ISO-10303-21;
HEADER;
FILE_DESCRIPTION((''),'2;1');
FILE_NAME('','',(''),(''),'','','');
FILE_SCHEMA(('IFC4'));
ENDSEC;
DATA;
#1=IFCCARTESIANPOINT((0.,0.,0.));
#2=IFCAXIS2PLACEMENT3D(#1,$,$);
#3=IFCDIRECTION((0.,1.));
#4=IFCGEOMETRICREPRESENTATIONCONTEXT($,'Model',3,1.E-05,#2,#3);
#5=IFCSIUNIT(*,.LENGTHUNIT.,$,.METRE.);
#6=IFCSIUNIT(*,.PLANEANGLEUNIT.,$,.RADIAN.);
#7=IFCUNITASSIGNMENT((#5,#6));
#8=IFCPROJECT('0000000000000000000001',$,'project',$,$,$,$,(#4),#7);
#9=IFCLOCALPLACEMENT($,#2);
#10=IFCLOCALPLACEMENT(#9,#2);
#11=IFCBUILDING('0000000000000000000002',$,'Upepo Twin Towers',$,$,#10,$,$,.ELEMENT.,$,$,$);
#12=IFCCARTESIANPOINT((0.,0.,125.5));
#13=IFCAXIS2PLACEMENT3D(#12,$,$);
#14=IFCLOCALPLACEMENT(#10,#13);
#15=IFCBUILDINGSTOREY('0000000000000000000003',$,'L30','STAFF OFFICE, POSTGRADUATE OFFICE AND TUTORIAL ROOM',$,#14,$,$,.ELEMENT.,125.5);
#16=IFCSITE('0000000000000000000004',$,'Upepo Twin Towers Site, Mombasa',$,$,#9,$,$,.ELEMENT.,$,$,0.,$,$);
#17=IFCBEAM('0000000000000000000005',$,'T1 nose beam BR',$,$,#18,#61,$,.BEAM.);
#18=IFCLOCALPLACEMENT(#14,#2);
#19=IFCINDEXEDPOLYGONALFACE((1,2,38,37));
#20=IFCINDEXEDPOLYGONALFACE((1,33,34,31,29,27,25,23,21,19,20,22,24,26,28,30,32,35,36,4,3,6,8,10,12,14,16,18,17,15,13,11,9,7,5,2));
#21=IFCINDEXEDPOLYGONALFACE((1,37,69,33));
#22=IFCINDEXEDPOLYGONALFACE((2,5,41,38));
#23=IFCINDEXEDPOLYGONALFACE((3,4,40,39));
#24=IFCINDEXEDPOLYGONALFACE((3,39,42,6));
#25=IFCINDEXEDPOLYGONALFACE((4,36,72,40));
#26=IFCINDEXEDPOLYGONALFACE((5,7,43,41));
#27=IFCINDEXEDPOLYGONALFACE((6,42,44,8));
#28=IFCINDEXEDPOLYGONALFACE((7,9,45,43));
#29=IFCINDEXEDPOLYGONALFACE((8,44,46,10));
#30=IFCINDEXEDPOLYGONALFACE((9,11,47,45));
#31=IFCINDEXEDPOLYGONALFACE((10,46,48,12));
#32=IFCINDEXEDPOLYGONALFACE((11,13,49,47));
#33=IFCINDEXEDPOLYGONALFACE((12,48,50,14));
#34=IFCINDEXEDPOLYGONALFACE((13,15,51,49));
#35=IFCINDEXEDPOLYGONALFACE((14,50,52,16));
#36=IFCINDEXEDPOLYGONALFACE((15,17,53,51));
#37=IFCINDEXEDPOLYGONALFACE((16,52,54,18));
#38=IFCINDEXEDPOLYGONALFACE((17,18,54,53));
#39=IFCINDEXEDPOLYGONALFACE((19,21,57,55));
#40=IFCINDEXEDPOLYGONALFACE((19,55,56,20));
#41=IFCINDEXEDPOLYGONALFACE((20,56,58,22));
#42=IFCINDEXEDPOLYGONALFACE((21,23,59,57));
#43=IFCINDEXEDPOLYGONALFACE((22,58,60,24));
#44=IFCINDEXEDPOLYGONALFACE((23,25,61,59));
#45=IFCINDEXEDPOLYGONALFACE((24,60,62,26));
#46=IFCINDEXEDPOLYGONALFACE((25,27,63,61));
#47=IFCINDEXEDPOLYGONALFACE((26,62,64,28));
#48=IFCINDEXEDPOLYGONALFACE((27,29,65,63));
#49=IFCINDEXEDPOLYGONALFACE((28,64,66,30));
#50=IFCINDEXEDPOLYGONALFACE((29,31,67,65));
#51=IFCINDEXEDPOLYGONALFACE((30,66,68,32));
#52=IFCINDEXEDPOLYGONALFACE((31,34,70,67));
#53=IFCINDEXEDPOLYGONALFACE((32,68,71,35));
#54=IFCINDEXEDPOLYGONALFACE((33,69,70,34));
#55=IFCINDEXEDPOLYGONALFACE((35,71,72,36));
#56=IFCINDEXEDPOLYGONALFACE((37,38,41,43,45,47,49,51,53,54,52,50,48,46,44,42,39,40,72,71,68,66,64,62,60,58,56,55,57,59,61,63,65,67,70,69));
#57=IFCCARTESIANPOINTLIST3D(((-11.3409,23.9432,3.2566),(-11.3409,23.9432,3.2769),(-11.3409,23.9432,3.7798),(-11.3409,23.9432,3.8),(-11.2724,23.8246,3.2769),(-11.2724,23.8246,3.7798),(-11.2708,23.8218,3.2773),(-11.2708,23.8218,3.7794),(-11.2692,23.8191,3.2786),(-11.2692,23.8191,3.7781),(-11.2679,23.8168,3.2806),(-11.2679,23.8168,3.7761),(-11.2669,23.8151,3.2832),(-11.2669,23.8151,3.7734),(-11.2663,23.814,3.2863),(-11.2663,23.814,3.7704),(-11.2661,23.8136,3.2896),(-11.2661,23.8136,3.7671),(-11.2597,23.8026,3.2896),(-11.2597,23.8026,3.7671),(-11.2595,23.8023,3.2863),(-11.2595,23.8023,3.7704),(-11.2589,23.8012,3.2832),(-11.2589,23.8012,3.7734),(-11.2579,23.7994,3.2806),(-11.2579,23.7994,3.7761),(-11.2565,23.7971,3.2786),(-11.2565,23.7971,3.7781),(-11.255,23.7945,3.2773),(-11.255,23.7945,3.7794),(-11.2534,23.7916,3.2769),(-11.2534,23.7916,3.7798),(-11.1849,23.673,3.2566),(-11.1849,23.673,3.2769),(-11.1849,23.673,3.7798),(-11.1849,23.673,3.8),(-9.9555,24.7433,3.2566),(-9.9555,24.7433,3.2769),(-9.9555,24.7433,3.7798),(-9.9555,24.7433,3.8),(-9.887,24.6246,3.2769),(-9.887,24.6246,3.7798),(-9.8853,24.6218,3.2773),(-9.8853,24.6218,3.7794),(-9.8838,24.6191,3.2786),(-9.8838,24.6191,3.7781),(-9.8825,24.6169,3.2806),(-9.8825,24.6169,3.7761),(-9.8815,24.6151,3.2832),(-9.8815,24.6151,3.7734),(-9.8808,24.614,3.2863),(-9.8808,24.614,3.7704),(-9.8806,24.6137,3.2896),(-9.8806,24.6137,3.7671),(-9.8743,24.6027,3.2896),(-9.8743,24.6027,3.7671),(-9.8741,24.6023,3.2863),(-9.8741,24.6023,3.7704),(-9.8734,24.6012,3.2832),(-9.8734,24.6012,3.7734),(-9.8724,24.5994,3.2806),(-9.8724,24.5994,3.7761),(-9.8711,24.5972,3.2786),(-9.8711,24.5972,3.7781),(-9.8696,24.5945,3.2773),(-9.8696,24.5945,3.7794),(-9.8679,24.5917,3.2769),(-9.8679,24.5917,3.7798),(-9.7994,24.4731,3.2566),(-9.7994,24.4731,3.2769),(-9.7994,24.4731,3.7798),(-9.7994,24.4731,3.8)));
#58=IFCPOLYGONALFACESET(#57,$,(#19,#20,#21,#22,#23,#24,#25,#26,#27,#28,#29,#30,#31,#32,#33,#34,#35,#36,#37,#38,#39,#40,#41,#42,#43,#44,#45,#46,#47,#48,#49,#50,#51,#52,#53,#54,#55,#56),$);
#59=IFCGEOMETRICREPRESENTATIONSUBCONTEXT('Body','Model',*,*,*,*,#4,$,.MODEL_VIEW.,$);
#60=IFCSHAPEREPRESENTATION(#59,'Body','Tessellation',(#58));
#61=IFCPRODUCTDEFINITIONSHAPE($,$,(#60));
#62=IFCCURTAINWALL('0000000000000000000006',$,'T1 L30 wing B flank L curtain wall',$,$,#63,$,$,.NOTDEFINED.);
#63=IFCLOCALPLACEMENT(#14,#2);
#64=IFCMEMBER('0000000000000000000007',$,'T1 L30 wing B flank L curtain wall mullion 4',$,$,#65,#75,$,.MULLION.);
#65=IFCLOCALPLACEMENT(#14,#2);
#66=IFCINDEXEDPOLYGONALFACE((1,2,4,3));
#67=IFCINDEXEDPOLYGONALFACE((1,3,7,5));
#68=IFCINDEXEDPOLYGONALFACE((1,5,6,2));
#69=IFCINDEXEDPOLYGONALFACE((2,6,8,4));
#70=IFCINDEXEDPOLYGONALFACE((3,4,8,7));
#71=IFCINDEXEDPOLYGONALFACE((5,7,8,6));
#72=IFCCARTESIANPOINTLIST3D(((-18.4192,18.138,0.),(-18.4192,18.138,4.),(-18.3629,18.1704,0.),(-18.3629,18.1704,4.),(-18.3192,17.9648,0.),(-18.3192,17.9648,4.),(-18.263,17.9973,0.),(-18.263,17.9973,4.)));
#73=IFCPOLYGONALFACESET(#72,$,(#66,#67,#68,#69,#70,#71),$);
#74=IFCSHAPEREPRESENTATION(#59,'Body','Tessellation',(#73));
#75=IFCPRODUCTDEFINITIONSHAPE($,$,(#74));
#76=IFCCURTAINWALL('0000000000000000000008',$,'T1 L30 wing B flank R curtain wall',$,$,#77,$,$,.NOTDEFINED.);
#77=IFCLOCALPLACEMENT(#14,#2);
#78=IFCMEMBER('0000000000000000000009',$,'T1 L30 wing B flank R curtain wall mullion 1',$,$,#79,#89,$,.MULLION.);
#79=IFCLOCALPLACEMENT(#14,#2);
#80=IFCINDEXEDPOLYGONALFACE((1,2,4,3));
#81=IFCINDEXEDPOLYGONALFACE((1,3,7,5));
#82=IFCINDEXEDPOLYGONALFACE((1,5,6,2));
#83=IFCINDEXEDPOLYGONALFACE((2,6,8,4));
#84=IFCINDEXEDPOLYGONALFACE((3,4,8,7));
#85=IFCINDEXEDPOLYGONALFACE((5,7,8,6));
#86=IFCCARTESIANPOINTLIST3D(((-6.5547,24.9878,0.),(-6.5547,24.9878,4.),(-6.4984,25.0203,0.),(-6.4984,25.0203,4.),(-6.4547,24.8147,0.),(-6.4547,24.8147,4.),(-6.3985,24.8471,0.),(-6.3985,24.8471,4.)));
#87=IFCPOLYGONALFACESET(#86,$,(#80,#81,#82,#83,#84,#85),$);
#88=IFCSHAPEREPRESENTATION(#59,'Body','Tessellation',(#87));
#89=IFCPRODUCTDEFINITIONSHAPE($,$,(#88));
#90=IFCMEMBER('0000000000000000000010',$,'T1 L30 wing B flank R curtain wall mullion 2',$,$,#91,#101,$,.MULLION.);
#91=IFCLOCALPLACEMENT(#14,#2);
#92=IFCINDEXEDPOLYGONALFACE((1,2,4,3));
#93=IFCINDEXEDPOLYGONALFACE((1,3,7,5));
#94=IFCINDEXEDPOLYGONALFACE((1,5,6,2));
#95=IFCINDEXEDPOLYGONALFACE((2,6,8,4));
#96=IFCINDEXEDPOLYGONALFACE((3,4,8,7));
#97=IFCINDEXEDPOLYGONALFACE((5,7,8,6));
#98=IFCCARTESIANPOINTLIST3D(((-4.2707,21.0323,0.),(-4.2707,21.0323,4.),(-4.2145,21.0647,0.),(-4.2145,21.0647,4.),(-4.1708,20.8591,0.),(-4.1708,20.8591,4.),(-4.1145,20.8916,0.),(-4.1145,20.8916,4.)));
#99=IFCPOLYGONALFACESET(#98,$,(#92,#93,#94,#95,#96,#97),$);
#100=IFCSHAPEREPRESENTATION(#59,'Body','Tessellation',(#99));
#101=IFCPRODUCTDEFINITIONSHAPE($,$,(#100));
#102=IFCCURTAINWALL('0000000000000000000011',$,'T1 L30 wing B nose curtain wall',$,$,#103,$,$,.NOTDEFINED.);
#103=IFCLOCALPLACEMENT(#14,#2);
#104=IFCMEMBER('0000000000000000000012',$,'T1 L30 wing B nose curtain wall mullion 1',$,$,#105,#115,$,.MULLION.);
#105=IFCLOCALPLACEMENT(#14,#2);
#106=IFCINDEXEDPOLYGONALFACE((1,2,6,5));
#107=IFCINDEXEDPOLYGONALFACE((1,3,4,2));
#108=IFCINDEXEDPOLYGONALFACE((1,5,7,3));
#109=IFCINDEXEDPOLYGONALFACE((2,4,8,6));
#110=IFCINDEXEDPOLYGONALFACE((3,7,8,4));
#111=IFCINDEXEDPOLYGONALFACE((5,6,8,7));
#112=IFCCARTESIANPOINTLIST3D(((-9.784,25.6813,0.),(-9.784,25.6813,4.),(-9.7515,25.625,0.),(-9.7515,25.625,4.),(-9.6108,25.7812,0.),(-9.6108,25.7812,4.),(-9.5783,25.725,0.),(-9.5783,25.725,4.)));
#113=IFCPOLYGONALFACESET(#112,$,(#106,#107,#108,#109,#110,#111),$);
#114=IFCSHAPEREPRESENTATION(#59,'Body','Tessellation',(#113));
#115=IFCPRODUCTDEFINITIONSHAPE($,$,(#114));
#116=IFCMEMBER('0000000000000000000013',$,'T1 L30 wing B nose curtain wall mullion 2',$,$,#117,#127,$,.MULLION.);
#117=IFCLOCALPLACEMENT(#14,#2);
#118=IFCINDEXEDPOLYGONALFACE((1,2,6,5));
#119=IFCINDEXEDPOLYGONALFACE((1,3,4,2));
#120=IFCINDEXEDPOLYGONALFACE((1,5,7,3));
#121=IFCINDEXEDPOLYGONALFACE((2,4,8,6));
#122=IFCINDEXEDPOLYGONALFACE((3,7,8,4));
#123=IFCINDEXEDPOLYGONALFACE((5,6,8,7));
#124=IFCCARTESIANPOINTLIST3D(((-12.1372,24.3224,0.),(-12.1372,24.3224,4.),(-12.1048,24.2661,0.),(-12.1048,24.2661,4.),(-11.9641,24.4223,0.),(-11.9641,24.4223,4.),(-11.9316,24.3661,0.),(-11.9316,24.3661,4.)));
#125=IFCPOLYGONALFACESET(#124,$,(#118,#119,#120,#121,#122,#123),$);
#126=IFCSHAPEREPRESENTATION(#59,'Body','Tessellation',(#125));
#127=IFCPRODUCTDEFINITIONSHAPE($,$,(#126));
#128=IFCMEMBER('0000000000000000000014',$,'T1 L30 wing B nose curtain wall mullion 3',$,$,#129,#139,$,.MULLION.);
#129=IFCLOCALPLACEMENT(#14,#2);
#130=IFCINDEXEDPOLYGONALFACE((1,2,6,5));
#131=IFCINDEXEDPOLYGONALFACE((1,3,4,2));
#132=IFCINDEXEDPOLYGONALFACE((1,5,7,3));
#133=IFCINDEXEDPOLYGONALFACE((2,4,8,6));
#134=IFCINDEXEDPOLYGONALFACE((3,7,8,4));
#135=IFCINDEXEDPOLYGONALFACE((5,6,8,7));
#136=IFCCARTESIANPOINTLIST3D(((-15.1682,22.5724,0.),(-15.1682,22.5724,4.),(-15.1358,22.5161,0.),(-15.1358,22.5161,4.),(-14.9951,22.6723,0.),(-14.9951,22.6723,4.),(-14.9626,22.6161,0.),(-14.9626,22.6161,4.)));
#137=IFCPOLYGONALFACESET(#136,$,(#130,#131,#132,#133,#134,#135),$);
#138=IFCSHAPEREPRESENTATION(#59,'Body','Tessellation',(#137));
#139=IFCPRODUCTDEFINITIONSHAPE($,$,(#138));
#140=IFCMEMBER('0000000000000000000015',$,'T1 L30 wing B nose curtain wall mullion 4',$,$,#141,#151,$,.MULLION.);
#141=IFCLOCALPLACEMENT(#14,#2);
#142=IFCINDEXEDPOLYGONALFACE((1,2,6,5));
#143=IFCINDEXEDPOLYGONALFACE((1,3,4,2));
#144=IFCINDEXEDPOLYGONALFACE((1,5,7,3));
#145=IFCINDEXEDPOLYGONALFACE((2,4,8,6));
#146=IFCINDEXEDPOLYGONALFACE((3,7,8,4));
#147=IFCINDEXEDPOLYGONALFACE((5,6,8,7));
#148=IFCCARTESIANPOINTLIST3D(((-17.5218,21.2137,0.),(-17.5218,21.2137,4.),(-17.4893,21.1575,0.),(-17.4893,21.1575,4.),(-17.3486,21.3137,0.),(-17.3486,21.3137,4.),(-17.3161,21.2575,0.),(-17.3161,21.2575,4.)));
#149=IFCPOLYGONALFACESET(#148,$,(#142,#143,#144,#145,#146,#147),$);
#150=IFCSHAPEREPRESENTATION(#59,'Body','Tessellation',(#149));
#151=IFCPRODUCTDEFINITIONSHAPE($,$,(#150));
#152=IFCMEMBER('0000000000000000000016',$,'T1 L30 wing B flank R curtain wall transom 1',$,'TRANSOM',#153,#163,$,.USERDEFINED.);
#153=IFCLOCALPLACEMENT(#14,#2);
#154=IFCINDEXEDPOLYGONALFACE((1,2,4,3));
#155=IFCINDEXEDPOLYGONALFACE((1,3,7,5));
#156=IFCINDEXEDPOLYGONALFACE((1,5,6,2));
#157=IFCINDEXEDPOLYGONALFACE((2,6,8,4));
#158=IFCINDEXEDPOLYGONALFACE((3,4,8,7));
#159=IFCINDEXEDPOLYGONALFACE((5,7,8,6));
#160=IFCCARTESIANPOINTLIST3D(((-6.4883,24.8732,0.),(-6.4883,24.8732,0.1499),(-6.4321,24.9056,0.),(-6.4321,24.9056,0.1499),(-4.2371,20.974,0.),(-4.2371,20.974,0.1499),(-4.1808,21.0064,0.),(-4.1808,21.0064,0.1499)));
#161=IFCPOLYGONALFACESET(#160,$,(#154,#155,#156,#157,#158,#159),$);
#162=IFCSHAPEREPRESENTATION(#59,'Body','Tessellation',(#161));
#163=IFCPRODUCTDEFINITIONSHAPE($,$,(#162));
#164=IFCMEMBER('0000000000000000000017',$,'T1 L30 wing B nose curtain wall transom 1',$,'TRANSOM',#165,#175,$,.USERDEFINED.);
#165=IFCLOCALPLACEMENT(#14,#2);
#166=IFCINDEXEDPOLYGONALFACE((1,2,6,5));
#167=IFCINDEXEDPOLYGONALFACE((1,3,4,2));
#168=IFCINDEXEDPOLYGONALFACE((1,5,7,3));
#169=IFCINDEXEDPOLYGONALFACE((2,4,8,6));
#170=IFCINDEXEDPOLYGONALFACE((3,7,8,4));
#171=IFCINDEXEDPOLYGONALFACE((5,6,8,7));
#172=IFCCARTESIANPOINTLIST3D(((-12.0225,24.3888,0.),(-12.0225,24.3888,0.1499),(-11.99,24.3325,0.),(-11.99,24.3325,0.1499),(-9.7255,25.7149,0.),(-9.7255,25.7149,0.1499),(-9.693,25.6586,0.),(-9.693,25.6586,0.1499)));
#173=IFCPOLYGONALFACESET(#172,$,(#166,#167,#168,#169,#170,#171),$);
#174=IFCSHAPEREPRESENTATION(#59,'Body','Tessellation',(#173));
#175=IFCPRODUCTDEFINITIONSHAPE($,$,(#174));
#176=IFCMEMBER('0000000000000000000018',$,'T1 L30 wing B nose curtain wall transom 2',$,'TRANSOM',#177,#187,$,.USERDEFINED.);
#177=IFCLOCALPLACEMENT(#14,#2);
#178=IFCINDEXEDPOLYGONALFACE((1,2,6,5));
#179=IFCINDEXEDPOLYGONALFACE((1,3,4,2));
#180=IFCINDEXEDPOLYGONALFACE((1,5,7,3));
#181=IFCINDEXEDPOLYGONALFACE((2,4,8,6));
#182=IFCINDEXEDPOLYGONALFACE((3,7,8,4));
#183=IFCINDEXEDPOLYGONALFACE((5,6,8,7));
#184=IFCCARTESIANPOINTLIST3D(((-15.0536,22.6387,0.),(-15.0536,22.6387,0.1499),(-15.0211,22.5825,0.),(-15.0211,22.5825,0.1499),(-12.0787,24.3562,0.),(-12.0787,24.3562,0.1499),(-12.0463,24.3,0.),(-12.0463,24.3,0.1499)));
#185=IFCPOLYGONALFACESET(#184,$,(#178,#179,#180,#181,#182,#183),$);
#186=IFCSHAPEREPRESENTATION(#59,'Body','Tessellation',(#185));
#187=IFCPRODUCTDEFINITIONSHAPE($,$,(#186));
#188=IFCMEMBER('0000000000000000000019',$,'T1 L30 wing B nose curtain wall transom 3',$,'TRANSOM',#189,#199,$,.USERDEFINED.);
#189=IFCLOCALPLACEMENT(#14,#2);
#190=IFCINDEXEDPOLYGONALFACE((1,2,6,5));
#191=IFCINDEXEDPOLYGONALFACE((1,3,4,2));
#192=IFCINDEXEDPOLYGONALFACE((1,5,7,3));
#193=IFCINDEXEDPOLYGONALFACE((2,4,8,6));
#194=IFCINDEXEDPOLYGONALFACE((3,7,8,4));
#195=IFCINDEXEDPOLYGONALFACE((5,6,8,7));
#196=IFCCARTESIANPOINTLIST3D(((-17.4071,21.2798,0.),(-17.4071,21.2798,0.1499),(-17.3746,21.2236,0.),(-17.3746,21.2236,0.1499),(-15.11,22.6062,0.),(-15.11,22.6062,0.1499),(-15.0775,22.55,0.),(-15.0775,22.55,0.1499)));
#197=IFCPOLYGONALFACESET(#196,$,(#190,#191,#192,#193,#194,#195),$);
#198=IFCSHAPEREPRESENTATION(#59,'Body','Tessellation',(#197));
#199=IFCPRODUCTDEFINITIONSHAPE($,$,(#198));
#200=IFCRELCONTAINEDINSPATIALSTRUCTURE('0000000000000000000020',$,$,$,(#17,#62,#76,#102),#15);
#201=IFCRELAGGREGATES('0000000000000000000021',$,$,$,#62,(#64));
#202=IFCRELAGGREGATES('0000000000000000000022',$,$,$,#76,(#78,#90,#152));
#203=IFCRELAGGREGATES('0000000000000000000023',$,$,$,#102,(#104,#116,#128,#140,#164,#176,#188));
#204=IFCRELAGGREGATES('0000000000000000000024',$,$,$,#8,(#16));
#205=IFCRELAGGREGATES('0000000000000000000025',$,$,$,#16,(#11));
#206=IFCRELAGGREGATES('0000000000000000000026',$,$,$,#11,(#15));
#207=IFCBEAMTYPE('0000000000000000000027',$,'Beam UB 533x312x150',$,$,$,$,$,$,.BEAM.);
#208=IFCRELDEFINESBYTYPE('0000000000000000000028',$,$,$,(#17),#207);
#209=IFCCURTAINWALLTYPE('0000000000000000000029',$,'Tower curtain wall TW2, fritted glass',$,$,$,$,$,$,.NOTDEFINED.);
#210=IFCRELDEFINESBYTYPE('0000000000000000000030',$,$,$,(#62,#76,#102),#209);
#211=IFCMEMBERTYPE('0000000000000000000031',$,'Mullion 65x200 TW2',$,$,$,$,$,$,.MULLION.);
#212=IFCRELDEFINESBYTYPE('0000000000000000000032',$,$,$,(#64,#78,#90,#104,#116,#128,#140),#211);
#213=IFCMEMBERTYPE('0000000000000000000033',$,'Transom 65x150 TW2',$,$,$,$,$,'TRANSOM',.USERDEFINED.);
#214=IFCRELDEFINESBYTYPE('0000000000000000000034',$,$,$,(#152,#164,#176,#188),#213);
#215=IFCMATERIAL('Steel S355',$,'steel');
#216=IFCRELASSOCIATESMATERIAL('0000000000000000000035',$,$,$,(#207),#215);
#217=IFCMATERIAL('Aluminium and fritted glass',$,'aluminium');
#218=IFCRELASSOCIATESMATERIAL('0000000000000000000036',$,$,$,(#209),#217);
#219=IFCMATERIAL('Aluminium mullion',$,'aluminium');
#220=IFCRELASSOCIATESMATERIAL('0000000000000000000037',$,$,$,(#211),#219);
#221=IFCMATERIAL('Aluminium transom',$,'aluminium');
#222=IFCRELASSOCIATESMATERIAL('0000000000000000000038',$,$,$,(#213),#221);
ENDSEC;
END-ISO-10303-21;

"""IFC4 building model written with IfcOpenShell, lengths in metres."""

from ifc_helpers import new_model, si_unit, direction, frame, origin, origin_2d, place, context, subcontext, project, spatial, rectangle, i_section, extrude, material, material_profile, profile_set, type_object, element, aggregate, save


model = new_model("IFC4")

# Units and contexts
model_context = context("Model", 3, precision=1e-05, world=origin(), true_north=direction((0.0, 1.0)))
body_context = subcontext(model_context, "Body", "Model", "MODEL_VIEW")
ifc_project = project(units=[si_unit("LENGTHUNIT", "METRE"), si_unit("PLANEANGLEUNIT", "RADIAN")], contexts=[model_context])

# Site, building, storey
site_placement = place(None, origin())
site = spatial("IfcSite", under=ifc_project, at=site_placement, Name="Upepo Twin Towers Site, Mombasa", CompositionType="ELEMENT", RefElevation=0.0)
building_placement = place(site_placement, origin())
building = spatial("IfcBuilding", under=site, at=building_placement, Name="Upepo Twin Towers", CompositionType="ELEMENT")
storey_placement = place(building_placement, frame((0.0, 0.0, 125.5)))
storey = spatial("IfcBuildingStorey", under=building, at=storey_placement, Name="L30", Description="STAFF OFFICE, POSTGRADUATE OFFICE AND TUTORIAL ROOM", CompositionType="ELEMENT", Elevation=125.5)

# Beam
ifc_material_1 = material(Name="Steel S355", Category="steel")
ifc_material_profile_1 = material_profile(ifc_material_1, i_section(OverallWidth=0.312, OverallDepth=0.5435, WebThickness=0.0127, FlangeThickness=0.0203, FilletRadius=0.0127, at=origin_2d()), Name="UB 533x312x150")
ifc_profile_set_1 = profile_set([ifc_material_profile_1], Name="Steel S355")
beam_type_1 = type_object("IfcBeamType", Name="Beam UB 533x312x150", PredefinedType="BEAM", material=ifc_profile_set_1)
for number, where, z_axis, x_axis, name in (
    (1, (-9.8774, 24.6082, 3.5283), (-0.86599, -0.500061, 0.0), (0.500061, -0.86599, 0.0), "T1 nose beam BR"),
):
    element("IfcBeam", number, at=place(storey_placement, frame(where, z_axis=z_axis, x_axis=x_axis)), inside=storey, type_object=beam_type_1, Name=name, PredefinedType="BEAM", context=body_context, shape_type="SweptSolid", body=[
        extrude(i_section(OverallWidth=0.312, OverallDepth=0.5435, WebThickness=0.0127, FlangeThickness=0.0203, FilletRadius=0.0127, at=origin_2d()), origin(), (0.0, 0.0, 1.0), 1.5999),
    ])

# Curtain wall, member
ifc_material_2 = material(Name="Aluminium and fritted glass", Category="aluminium")
curtain_wall_type = type_object("IfcCurtainWallType", Name="Tower curtain wall TW2, fritted glass", PredefinedType="NOTDEFINED", material=ifc_material_2)
curtain_wall_1_placement = place(storey_placement, origin())
curtain_wall_1 = element("IfcCurtainWall", 2, at=curtain_wall_1_placement, inside=storey, type_object=curtain_wall_type, Name="T1 L30 wing B flank L curtain wall", PredefinedType="NOTDEFINED")
ifc_material_3 = material(Name="Aluminium mullion", Category="aluminium")
ifc_material_profile_2 = material_profile(ifc_material_3, rectangle(XDim=0.0649, YDim=0.2, at=origin_2d()), Name="MULLION 65x200")
ifc_profile_set_2 = profile_set([ifc_material_profile_2], Name="Aluminium mullion")
member_type_1 = type_object("IfcMemberType", Name="Mullion 65x200 TW2", PredefinedType="MULLION", material=ifc_profile_set_2)
member_1_placement = place(storey_placement, frame((-18.3411, 18.0676, 0.0), z_axis=(0.0, 0.0, 1.0), x_axis=(-0.866025, -0.5, 0.0)))
member_1 = element("IfcMember", 3, at=member_1_placement, type_object=member_type_1, Name="T1 L30 wing B flank L curtain wall mullion 4", PredefinedType="MULLION", context=body_context, shape_type="SweptSolid", body=[
    extrude(rectangle(XDim=0.0649, YDim=0.2, at=origin_2d()), origin(), (0.0, 0.0, 1.0), 4.0),
])
aggregate(curtain_wall_1, [member_1])

# Curtain walls, members
curtain_wall_2_placement = place(storey_placement, origin())
curtain_wall_2 = element("IfcCurtainWall", 4, at=curtain_wall_2_placement, inside=storey, type_object=curtain_wall_type, Name="T1 L30 wing B flank R curtain wall", PredefinedType="NOTDEFINED")
member_2_placement = place(storey_placement, frame((-6.4766, 24.9175, 0.0), z_axis=(0.0, 0.0, 1.0), x_axis=(0.866025, 0.5, 0.0)))
member_2 = element("IfcMember", 5, at=member_2_placement, type_object=member_type_1, Name="T1 L30 wing B flank R curtain wall mullion 1", PredefinedType="MULLION", context=body_context, shape_type="SweptSolid", body=[
    extrude(rectangle(XDim=0.0649, YDim=0.2, at=origin_2d()), origin(), (0.0, 0.0, 1.0), 4.0),
])
member_3_placement = place(storey_placement, frame((-4.1926, 20.9619, 0.0), z_axis=(0.0, 0.0, 1.0), x_axis=(0.866025, 0.5, 0.0)))
member_3 = element("IfcMember", 6, at=member_3_placement, type_object=member_type_1, Name="T1 L30 wing B flank R curtain wall mullion 2", PredefinedType="MULLION", context=body_context, shape_type="SweptSolid", body=[
    extrude(rectangle(XDim=0.0649, YDim=0.2, at=origin_2d()), origin(), (0.0, 0.0, 1.0), 4.0),
])
curtain_wall_3_placement = place(storey_placement, origin())
curtain_wall_3 = element("IfcCurtainWall", 7, at=curtain_wall_3_placement, inside=storey, type_object=curtain_wall_type, Name="T1 L30 wing B nose curtain wall", PredefinedType="NOTDEFINED")
member_4_placement = place(storey_placement, frame((-9.6812, 25.7031, 0.0), z_axis=(0.0, 0.0, 1.0), x_axis=(0.5, -0.866025, 0.0)))
member_4 = element("IfcMember", 8, at=member_4_placement, type_object=member_type_1, Name="T1 L30 wing B nose curtain wall mullion 1", PredefinedType="MULLION", context=body_context, shape_type="SweptSolid", body=[
    extrude(rectangle(XDim=0.0649, YDim=0.2, at=origin_2d()), origin(), (0.0, 0.0, 1.0), 4.0),
])
member_5_placement = place(storey_placement, frame((-12.0344, 24.3442, 0.0), z_axis=(0.0, 0.0, 1.0), x_axis=(0.5, -0.866025, 0.0)))
member_5 = element("IfcMember", 9, at=member_5_placement, type_object=member_type_1, Name="T1 L30 wing B nose curtain wall mullion 2", PredefinedType="MULLION", context=body_context, shape_type="SweptSolid", body=[
    extrude(rectangle(XDim=0.0649, YDim=0.2, at=origin_2d()), origin(), (0.0, 0.0, 1.0), 4.0),
])
member_6_placement = place(storey_placement, frame((-15.0654, 22.5942, 0.0), z_axis=(0.0, 0.0, 1.0), x_axis=(0.5, -0.866025, 0.0)))
member_6 = element("IfcMember", 10, at=member_6_placement, type_object=member_type_1, Name="T1 L30 wing B nose curtain wall mullion 3", PredefinedType="MULLION", context=body_context, shape_type="SweptSolid", body=[
    extrude(rectangle(XDim=0.0649, YDim=0.2, at=origin_2d()), origin(), (0.0, 0.0, 1.0), 4.0),
])
member_7_placement = place(storey_placement, frame((-17.4189, 21.2356, 0.0), z_axis=(0.0, 0.0, 1.0), x_axis=(0.5, -0.866025, 0.0)))
member_7 = element("IfcMember", 11, at=member_7_placement, type_object=member_type_1, Name="T1 L30 wing B nose curtain wall mullion 4", PredefinedType="MULLION", context=body_context, shape_type="SweptSolid", body=[
    extrude(rectangle(XDim=0.0649, YDim=0.2, at=origin_2d()), origin(), (0.0, 0.0, 1.0), 4.0),
])

# Members
ifc_material_4 = material(Name="Aluminium transom", Category="aluminium")
ifc_material_profile_3 = material_profile(ifc_material_4, rectangle(XDim=0.0649, YDim=0.1499, at=origin_2d()), Name="TRANSOM 65x150")
ifc_profile_set_3 = profile_set([ifc_material_profile_3], Name="Aluminium transom")
member_type_2 = type_object("IfcMemberType", Name="Transom 65x150 TW2", ElementType="TRANSOM", PredefinedType="USERDEFINED", material=ifc_profile_set_3)
member_8_placement = place(storey_placement, frame((-6.4602, 24.8894, 0.075), z_axis=(0.500006, -0.866022, 0.0), x_axis=(0.866022, 0.500006, 0.0)))
member_8 = element("IfcMember", 12, at=member_8_placement, type_object=member_type_2, Name="T1 L30 wing B flank R curtain wall transom 1", ObjectType="TRANSOM", PredefinedType="USERDEFINED", context=body_context, shape_type="SweptSolid", body=[
    extrude(rectangle(XDim=0.0649, YDim=0.1499, at=origin_2d()), origin(), (0.0, 0.0, 1.0), 4.5024),
])
member_9_placement = place(storey_placement, frame((-9.7092, 25.6868, 0.075), z_axis=(-0.866037, -0.49998, 0.0), x_axis=(0.49998, -0.866037, 0.0)))
member_9 = element("IfcMember", 13, at=member_9_placement, type_object=member_type_2, Name="T1 L30 wing B nose curtain wall transom 1", ObjectType="TRANSOM", PredefinedType="USERDEFINED", context=body_context, shape_type="SweptSolid", body=[
    extrude(rectangle(XDim=0.0649, YDim=0.1499, at=origin_2d()), origin(), (0.0, 0.0, 1.0), 2.6523),
])
member_10_placement = place(storey_placement, frame((-12.0625, 24.3281, 0.075), z_axis=(-0.866026, -0.499999, 0.0), x_axis=(0.499999, -0.866026, 0.0)))
member_10 = element("IfcMember", 14, at=member_10_placement, type_object=member_type_2, Name="T1 L30 wing B nose curtain wall transom 2", ObjectType="TRANSOM", PredefinedType="USERDEFINED", context=body_context, shape_type="SweptSolid", body=[
    extrude(rectangle(XDim=0.0649, YDim=0.1499, at=origin_2d()), origin(), (0.0, 0.0, 1.0), 3.4351),
])
member_11_placement = place(storey_placement, frame((-15.0938, 22.5781, 0.075), z_axis=(-0.865997, -0.500049, 0.0), x_axis=(0.500049, -0.865997, 0.0)))
member_11 = element("IfcMember", 15, at=member_11_placement, type_object=member_type_2, Name="T1 L30 wing B nose curtain wall transom 3", ObjectType="TRANSOM", PredefinedType="USERDEFINED", context=body_context, shape_type="SweptSolid", body=[
    extrude(rectangle(XDim=0.0649, YDim=0.1499, at=origin_2d()), origin(), (0.0, 0.0, 1.0), 2.6526),
])

aggregate(curtain_wall_2, [member_2, member_3, member_8])
aggregate(curtain_wall_3, [member_4, member_5, member_6, member_7, member_9, member_10, member_11])

save(model, "model.ifc")
